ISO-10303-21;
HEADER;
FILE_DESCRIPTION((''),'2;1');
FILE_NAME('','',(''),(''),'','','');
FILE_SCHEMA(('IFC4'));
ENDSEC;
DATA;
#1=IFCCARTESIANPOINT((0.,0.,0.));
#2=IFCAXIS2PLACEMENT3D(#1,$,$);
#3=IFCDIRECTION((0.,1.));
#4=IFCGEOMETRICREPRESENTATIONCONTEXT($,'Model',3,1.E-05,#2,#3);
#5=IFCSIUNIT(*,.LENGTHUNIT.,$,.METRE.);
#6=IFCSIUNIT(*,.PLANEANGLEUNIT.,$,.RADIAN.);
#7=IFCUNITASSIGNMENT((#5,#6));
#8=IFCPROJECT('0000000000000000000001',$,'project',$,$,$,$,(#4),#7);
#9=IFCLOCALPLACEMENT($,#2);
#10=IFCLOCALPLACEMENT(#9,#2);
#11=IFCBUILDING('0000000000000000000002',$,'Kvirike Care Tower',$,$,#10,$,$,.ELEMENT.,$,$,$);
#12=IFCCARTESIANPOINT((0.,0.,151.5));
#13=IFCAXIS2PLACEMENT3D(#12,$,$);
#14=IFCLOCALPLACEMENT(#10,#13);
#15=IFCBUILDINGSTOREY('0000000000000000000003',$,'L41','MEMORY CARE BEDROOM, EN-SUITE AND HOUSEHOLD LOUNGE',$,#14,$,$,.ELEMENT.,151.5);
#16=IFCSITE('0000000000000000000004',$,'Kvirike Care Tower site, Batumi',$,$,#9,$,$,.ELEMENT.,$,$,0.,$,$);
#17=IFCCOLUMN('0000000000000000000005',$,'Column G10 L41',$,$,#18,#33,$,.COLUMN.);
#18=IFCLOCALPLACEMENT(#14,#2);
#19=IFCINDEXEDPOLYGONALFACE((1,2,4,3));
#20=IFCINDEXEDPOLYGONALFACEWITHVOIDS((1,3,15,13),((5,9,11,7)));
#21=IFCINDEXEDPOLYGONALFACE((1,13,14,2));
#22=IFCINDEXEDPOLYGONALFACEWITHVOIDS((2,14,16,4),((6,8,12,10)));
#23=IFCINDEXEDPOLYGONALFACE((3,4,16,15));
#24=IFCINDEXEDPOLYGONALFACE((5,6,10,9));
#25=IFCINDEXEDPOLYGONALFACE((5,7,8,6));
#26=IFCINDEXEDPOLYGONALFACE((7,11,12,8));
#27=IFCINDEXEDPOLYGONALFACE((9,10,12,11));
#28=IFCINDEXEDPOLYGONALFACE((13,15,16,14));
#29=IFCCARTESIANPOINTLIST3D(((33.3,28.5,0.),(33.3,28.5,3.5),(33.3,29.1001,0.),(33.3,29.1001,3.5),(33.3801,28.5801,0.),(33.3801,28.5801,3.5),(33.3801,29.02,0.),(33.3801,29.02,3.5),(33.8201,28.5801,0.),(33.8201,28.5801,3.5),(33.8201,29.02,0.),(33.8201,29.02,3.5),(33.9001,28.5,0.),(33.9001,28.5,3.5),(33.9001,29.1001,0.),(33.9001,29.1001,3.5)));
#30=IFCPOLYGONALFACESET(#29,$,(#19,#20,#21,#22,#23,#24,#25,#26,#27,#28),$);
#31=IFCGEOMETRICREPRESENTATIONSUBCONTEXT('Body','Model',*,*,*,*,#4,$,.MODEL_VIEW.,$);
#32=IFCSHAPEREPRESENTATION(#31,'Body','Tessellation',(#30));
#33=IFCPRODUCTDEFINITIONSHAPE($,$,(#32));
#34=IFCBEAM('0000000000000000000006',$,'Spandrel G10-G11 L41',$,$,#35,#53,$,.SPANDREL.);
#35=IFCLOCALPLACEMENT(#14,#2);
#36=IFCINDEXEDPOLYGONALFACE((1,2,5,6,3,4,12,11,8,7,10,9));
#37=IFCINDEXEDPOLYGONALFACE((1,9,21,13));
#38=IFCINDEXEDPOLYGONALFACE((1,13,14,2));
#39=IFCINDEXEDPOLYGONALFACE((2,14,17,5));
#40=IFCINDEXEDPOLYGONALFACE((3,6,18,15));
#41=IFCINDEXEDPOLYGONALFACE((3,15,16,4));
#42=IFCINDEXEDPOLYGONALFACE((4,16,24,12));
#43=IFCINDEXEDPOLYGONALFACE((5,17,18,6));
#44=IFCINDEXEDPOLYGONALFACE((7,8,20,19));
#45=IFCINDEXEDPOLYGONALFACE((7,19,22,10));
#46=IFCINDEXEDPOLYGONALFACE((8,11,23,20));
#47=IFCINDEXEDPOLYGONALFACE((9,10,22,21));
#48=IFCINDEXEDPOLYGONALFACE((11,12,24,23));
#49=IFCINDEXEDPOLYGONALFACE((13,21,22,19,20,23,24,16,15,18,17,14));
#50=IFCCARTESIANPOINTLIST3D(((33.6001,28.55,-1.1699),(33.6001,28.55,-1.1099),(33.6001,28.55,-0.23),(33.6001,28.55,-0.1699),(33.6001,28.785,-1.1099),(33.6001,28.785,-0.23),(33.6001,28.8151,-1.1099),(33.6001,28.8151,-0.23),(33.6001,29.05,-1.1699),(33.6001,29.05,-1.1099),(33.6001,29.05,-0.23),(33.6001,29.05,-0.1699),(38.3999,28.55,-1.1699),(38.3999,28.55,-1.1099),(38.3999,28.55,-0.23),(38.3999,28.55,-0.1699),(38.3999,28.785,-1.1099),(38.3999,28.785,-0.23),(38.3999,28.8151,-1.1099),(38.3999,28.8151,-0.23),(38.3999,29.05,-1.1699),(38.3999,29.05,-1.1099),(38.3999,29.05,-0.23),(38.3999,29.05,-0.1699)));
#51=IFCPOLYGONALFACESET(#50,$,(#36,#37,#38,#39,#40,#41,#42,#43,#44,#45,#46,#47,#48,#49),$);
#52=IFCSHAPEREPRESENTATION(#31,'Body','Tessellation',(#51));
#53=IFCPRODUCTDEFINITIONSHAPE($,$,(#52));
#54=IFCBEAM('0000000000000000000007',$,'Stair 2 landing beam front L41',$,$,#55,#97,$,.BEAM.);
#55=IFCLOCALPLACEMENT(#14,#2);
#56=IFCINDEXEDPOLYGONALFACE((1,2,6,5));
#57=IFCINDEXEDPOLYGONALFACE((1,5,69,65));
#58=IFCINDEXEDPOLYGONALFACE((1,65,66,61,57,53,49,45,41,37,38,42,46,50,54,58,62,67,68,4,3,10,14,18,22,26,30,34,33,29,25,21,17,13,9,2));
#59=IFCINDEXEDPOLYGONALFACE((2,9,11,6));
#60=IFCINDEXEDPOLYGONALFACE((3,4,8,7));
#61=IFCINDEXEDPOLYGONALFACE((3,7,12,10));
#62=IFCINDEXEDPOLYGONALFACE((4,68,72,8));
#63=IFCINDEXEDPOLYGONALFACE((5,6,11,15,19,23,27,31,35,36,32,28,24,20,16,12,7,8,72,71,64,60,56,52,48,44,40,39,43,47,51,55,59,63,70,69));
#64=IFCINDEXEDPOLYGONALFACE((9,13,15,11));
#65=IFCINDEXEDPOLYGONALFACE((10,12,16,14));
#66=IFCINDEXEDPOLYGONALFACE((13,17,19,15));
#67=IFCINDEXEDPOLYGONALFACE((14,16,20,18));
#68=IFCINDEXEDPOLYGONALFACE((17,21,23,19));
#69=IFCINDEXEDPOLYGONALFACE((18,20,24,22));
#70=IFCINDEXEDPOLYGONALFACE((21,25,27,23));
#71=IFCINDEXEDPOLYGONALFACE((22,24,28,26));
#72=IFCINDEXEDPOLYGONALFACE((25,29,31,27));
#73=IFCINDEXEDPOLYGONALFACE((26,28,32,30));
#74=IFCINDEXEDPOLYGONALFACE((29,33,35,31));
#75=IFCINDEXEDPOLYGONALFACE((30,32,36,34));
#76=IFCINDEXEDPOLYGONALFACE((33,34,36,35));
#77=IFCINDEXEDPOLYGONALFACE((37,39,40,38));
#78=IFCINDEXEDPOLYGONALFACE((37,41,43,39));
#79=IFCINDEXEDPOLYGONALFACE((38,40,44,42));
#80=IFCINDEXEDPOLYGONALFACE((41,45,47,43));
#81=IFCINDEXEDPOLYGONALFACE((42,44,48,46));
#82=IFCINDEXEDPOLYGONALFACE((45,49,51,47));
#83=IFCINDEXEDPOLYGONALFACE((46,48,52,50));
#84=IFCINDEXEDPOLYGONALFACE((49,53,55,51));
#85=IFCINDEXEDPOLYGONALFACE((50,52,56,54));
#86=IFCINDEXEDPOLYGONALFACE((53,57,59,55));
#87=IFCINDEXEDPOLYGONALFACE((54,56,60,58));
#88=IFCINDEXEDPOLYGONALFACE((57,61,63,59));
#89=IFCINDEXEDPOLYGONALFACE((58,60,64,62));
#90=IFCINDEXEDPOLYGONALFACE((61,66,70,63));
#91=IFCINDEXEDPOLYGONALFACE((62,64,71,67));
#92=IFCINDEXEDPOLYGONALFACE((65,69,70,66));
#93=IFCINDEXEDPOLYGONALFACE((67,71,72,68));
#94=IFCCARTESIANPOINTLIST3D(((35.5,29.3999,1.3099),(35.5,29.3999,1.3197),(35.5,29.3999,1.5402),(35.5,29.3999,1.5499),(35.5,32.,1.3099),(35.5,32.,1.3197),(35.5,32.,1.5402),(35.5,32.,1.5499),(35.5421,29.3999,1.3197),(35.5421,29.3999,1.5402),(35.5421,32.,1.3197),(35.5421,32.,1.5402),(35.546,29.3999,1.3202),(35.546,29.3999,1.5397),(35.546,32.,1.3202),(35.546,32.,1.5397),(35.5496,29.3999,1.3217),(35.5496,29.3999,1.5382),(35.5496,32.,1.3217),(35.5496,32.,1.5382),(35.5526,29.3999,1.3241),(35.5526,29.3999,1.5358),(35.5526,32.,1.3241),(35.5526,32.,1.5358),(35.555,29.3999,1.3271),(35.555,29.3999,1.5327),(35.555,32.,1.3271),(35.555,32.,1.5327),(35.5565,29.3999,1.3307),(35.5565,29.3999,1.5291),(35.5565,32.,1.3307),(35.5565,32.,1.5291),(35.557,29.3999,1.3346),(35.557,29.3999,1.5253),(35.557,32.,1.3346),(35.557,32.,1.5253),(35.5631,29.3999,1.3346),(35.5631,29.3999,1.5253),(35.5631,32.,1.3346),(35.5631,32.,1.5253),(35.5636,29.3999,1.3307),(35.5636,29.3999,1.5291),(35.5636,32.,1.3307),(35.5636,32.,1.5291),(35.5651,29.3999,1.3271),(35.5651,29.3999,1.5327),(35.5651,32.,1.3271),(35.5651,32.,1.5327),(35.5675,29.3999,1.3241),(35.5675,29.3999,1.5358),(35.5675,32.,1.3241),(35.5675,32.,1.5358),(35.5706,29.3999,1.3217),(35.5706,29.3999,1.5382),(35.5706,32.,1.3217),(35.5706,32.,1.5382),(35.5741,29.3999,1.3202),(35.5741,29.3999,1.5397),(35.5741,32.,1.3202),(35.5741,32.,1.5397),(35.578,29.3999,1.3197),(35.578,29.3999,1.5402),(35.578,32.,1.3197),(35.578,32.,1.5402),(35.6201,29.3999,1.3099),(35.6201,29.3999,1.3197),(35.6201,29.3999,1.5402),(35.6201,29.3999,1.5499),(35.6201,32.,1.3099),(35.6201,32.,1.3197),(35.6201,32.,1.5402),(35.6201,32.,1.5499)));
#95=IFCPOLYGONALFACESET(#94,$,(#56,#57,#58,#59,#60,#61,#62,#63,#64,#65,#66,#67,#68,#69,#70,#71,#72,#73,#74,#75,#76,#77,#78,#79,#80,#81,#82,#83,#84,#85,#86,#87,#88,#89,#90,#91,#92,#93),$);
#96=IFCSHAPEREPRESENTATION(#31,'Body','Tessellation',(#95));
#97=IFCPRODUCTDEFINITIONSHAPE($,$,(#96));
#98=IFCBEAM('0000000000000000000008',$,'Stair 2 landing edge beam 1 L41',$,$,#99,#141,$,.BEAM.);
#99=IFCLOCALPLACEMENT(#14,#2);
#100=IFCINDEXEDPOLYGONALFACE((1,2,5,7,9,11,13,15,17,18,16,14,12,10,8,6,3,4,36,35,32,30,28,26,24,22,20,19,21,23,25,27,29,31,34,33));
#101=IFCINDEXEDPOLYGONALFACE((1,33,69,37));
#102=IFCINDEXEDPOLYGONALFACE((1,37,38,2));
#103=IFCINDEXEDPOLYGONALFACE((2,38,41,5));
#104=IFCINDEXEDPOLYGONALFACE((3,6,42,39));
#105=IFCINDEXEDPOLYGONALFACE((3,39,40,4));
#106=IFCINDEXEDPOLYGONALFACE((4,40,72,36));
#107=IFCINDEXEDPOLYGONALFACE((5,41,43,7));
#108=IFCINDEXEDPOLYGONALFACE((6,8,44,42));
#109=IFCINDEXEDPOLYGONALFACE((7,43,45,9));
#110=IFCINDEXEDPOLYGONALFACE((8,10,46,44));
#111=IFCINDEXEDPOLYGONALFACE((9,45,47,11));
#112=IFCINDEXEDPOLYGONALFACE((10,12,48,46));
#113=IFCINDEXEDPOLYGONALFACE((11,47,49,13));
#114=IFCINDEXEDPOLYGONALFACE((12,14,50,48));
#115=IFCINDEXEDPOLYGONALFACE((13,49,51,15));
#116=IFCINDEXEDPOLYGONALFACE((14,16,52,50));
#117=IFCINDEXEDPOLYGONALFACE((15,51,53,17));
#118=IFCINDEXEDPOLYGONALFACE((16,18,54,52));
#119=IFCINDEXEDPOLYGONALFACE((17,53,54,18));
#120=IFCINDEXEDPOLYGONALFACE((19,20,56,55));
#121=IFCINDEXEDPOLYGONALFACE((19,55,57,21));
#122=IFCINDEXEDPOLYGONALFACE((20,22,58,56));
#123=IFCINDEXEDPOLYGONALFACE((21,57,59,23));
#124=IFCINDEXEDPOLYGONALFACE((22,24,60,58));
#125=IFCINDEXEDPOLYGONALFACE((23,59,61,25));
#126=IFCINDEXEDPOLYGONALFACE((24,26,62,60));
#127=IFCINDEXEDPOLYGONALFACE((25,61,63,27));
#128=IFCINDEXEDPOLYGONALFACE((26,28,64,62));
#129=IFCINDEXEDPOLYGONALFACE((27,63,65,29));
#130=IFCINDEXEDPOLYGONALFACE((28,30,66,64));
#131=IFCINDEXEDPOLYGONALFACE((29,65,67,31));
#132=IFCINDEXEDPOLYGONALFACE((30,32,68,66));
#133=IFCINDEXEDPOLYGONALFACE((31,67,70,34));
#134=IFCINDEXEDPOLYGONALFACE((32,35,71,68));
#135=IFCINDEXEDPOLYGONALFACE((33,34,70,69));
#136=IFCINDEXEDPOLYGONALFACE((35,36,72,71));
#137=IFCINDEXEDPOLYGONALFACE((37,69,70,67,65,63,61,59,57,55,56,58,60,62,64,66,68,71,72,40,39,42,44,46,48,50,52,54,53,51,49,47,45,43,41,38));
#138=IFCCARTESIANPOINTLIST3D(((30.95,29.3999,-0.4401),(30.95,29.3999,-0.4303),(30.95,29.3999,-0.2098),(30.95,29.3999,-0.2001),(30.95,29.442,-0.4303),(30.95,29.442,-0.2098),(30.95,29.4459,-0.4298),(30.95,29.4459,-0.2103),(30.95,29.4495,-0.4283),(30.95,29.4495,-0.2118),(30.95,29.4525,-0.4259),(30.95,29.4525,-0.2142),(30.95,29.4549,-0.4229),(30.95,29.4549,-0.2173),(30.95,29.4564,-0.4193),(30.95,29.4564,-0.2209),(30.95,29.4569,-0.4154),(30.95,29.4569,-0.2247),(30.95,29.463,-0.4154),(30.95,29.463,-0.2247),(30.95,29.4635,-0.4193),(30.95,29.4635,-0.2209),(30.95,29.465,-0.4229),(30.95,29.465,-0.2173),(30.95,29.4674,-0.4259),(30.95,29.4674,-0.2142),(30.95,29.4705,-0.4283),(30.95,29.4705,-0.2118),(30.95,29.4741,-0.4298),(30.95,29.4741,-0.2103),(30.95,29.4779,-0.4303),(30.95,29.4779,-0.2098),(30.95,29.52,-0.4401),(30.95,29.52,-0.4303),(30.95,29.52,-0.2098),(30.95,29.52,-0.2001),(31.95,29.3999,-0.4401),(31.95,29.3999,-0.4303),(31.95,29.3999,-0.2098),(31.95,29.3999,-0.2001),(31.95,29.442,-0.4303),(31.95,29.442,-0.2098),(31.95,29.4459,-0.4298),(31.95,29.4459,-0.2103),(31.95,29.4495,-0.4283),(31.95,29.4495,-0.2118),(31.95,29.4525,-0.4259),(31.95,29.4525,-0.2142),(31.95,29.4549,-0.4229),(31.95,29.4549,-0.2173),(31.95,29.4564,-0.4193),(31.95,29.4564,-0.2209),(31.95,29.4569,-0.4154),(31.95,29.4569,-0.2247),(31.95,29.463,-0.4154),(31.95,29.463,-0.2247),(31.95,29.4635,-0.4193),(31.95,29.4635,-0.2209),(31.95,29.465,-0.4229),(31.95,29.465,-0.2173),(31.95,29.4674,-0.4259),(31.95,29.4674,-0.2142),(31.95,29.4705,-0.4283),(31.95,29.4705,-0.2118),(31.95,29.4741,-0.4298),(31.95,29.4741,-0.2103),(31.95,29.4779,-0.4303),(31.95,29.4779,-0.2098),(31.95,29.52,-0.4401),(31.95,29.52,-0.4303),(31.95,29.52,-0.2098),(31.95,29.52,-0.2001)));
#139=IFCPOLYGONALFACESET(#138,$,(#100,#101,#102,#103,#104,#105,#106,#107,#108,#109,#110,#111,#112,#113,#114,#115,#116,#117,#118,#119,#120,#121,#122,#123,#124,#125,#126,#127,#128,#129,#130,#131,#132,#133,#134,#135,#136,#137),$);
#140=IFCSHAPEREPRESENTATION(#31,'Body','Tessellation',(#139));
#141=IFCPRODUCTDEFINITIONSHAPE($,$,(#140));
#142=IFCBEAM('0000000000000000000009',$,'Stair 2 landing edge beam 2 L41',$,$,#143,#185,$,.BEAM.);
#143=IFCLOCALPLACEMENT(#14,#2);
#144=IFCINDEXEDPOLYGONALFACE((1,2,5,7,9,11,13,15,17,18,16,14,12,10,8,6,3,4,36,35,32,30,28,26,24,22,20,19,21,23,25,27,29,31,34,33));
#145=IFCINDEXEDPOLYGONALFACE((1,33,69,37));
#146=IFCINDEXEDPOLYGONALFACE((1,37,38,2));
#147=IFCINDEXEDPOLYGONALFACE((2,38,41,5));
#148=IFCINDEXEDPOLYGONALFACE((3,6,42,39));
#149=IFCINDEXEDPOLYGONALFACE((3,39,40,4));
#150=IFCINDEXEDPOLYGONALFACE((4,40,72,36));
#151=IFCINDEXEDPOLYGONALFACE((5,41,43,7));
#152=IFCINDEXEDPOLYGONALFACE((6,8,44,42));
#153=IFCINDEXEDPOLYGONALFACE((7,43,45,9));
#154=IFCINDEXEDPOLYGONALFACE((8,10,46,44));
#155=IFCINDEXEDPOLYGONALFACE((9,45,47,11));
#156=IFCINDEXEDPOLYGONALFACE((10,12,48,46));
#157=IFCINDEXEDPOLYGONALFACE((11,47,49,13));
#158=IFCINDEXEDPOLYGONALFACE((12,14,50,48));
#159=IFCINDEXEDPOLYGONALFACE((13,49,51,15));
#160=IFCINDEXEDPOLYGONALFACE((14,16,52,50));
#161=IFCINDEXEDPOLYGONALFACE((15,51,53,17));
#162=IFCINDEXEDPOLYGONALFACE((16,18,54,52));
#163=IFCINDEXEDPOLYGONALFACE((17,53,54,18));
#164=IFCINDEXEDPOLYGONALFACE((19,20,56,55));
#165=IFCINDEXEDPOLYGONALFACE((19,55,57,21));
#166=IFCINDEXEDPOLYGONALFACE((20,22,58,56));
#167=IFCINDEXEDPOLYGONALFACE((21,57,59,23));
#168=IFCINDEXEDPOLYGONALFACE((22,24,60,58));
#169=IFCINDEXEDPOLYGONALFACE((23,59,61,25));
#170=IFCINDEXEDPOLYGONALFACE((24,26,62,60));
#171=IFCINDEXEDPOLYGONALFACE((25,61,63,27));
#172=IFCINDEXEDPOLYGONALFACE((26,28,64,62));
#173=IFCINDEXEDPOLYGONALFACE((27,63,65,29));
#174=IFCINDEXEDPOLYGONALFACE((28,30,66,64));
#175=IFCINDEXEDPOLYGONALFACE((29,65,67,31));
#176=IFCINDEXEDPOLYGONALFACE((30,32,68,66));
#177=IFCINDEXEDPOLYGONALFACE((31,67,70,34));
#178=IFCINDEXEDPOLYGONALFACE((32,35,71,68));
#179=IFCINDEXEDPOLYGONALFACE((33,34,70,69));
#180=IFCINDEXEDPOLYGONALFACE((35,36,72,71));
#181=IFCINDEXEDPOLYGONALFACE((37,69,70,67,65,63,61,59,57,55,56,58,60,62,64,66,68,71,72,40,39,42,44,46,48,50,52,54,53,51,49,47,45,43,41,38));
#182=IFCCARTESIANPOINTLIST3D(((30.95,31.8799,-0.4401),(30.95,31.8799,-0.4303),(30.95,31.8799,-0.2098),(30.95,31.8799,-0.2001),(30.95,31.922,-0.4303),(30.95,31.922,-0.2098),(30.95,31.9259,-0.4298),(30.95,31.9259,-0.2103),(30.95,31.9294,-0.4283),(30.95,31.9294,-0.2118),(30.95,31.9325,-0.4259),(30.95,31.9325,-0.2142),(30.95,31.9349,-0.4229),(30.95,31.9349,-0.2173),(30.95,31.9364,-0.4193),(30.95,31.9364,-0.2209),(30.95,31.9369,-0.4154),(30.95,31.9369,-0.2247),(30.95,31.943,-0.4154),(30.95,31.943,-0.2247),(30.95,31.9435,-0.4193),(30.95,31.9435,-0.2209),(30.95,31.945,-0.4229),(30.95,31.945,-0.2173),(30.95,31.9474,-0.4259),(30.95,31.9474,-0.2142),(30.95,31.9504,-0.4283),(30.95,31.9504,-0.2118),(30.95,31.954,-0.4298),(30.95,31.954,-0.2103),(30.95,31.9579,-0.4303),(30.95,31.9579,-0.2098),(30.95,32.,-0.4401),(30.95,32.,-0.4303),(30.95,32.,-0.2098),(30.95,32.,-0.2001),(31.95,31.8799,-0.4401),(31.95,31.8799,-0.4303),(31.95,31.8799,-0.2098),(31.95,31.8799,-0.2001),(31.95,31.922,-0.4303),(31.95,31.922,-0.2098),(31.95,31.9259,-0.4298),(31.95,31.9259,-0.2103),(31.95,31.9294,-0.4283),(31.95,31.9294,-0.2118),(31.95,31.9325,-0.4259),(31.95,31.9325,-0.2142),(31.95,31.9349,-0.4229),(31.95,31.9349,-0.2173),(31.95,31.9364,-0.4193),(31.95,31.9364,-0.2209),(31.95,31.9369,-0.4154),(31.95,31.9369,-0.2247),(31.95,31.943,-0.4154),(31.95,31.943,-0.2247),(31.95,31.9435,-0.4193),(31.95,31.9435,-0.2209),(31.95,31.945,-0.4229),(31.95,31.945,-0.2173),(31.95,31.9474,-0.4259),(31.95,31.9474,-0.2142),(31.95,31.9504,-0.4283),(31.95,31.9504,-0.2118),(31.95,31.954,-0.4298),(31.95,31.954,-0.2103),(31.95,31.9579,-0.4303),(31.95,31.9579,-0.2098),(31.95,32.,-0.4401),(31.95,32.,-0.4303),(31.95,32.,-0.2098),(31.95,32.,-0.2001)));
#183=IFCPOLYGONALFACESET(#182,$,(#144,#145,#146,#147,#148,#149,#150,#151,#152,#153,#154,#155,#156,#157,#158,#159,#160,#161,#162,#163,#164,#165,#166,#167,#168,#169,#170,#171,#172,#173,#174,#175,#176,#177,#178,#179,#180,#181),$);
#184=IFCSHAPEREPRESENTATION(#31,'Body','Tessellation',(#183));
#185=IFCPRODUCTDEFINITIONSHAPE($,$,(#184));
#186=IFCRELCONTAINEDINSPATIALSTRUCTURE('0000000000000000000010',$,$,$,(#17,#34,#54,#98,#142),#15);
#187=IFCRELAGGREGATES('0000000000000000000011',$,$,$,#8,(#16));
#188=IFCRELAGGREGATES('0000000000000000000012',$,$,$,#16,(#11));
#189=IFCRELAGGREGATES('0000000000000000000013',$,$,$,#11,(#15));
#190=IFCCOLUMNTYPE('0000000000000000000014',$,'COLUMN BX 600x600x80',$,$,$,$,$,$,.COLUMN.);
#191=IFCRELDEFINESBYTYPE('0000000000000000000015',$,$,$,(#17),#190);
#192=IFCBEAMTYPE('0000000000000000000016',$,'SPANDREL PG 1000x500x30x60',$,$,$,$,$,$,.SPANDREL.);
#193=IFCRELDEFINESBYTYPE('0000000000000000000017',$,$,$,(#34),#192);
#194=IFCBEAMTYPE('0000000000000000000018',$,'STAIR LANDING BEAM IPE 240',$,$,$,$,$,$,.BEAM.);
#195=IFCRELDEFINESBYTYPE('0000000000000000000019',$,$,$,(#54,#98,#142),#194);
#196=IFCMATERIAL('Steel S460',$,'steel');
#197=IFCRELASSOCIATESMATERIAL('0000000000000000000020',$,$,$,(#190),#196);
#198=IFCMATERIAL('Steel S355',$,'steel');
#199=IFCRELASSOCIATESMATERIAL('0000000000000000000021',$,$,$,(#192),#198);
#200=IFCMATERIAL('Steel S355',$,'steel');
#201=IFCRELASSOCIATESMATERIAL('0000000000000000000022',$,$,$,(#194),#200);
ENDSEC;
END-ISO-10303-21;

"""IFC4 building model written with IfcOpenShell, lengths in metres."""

from ifc_helpers import new_model, si_unit, direction, frame, origin, origin_2d, place, context, subcontext, project, spatial, hollow_rectangle, i_section, extrude, material, material_profile, profile_set, type_object, element, save


model = new_model("IFC4")

# Units and contexts
model_context = context("Model", 3, precision=1e-05, world=origin(), true_north=direction((0.0, 1.0)))
body_context = subcontext(model_context, "Body", "Model", "MODEL_VIEW")
ifc_project = project(units=[si_unit("LENGTHUNIT", "METRE"), si_unit("PLANEANGLEUNIT", "RADIAN")], contexts=[model_context])

# Site, building, storey
site_placement = place(None, origin())
site = spatial("IfcSite", under=ifc_project, at=site_placement, Name="Kvirike Care Tower site, Batumi", CompositionType="ELEMENT", RefElevation=0.0)
building_placement = place(site_placement, origin())
building = spatial("IfcBuilding", under=site, at=building_placement, Name="Kvirike Care Tower", CompositionType="ELEMENT")
storey_placement = place(building_placement, frame((0.0, 0.0, 151.5)))
storey = spatial("IfcBuildingStorey", under=building, at=storey_placement, Name="L41", Description="MEMORY CARE BEDROOM, EN-SUITE AND HOUSEHOLD LOUNGE", CompositionType="ELEMENT", Elevation=151.5)

# Column
ifc_material_1 = material(Name="Steel S460", Category="steel")
ifc_material_profile_1 = material_profile(ifc_material_1, hollow_rectangle(XDim=0.6001, YDim=0.6001, WallThickness=0.0801, at=origin_2d()), Name="BX 600x600x80")
ifc_profile_set_1 = profile_set([ifc_material_profile_1], Name="Steel S460")
column_type = type_object("IfcColumnType", Name="COLUMN BX 600x600x80", PredefinedType="COLUMN", material=ifc_profile_set_1)
column_placement = place(storey_placement, frame((33.6001, 28.8, 0.0), z_axis=(0.0, 0.0, 1.0), x_axis=(0.0, 1.0, 0.0)))
element("IfcColumn", 1, at=column_placement, inside=storey, type_object=column_type, Name="Column G10 L41", PredefinedType="COLUMN", context=body_context, shape_type="SweptSolid", body=[
    extrude(hollow_rectangle(XDim=0.6001, YDim=0.6001, WallThickness=0.0801, at=origin_2d()), origin(), (0.0, 0.0, 1.0), 3.5),
])

# Beams
ifc_material_2 = material(Name="Steel S355", Category="steel")
ifc_material_profile_2 = material_profile(ifc_material_2, i_section(OverallWidth=0.5, OverallDepth=1.0, WebThickness=0.03, FlangeThickness=0.0601, at=origin_2d()), Name="PG 1000x500x30x60")
ifc_profile_set_2 = profile_set([ifc_material_profile_2], Name="Steel S355")
beam_type_1 = type_object("IfcBeamType", Name="SPANDREL PG 1000x500x30x60", PredefinedType="SPANDREL", material=ifc_profile_set_2)
beam_1_placement = place(storey_placement, frame((33.6001, 28.8, -0.6699), z_axis=(1.0, 0.0, 0.0), x_axis=(0.0, 1.0, 0.0)))
element("IfcBeam", 2, at=beam_1_placement, inside=storey, type_object=beam_type_1, Name="Spandrel G10-G11 L41", PredefinedType="SPANDREL", context=body_context, shape_type="SweptSolid", body=[
    extrude(i_section(OverallWidth=0.5, OverallDepth=1.0, WebThickness=0.03, FlangeThickness=0.0601, at=origin_2d()), origin(), (0.0, 0.0, 1.0), 4.7998),
])
ifc_material_3 = material(Name="Steel S355", Category="steel")
ifc_material_profile_3 = material_profile(ifc_material_3, i_section(OverallWidth=0.1201, OverallDepth=0.24, WebThickness=0.0061, FlangeThickness=0.0098, FilletRadius=0.0149, at=origin_2d()), Name="IPE 240")
ifc_profile_set_3 = profile_set([ifc_material_profile_3], Name="Steel S355")
beam_type_2 = type_object("IfcBeamType", Name="STAIR LANDING BEAM IPE 240", PredefinedType="BEAM", material=ifc_profile_set_3)
beam_2_placement = place(storey_placement, frame((35.5601, 29.3999, 1.4299), z_axis=(0.0, 1.0, 0.0), x_axis=(-1.0, 0.0, 0.0)))
element("IfcBeam", 3, at=beam_2_placement, inside=storey, type_object=beam_type_2, Name="Stair 2 landing beam front L41", PredefinedType="BEAM", context=body_context, shape_type="SweptSolid", body=[
    extrude(i_section(OverallWidth=0.1201, OverallDepth=0.24, WebThickness=0.0061, FlangeThickness=0.0098, FilletRadius=0.0149, at=origin_2d()), origin(), (0.0, 0.0, 1.0), 2.6001),
])
for number, where, z_axis, x_axis, name in (
    (4, (31.95, 29.46, -0.3201), (-1.0, 0.0, 0.0), (0.0, -1.0, 0.0), "Stair 2 landing edge beam 1 L41"),
    (5, (31.95, 31.9399, -0.3201), (-1.0, 0.0, 0.0), (0.0, -1.0, 0.0), "Stair 2 landing edge beam 2 L41"),
):
    element("IfcBeam", number, at=place(storey_placement, frame(where, z_axis=z_axis, x_axis=x_axis)), inside=storey, type_object=beam_type_2, Name=name, PredefinedType="BEAM", context=body_context, shape_type="SweptSolid", body=[
        extrude(i_section(OverallWidth=0.1201, OverallDepth=0.24, WebThickness=0.0061, FlangeThickness=0.0098, FilletRadius=0.0149, at=origin_2d()), origin(), (0.0, 0.0, 1.0), 1.0),
    ])

save(model, "model.ifc")
